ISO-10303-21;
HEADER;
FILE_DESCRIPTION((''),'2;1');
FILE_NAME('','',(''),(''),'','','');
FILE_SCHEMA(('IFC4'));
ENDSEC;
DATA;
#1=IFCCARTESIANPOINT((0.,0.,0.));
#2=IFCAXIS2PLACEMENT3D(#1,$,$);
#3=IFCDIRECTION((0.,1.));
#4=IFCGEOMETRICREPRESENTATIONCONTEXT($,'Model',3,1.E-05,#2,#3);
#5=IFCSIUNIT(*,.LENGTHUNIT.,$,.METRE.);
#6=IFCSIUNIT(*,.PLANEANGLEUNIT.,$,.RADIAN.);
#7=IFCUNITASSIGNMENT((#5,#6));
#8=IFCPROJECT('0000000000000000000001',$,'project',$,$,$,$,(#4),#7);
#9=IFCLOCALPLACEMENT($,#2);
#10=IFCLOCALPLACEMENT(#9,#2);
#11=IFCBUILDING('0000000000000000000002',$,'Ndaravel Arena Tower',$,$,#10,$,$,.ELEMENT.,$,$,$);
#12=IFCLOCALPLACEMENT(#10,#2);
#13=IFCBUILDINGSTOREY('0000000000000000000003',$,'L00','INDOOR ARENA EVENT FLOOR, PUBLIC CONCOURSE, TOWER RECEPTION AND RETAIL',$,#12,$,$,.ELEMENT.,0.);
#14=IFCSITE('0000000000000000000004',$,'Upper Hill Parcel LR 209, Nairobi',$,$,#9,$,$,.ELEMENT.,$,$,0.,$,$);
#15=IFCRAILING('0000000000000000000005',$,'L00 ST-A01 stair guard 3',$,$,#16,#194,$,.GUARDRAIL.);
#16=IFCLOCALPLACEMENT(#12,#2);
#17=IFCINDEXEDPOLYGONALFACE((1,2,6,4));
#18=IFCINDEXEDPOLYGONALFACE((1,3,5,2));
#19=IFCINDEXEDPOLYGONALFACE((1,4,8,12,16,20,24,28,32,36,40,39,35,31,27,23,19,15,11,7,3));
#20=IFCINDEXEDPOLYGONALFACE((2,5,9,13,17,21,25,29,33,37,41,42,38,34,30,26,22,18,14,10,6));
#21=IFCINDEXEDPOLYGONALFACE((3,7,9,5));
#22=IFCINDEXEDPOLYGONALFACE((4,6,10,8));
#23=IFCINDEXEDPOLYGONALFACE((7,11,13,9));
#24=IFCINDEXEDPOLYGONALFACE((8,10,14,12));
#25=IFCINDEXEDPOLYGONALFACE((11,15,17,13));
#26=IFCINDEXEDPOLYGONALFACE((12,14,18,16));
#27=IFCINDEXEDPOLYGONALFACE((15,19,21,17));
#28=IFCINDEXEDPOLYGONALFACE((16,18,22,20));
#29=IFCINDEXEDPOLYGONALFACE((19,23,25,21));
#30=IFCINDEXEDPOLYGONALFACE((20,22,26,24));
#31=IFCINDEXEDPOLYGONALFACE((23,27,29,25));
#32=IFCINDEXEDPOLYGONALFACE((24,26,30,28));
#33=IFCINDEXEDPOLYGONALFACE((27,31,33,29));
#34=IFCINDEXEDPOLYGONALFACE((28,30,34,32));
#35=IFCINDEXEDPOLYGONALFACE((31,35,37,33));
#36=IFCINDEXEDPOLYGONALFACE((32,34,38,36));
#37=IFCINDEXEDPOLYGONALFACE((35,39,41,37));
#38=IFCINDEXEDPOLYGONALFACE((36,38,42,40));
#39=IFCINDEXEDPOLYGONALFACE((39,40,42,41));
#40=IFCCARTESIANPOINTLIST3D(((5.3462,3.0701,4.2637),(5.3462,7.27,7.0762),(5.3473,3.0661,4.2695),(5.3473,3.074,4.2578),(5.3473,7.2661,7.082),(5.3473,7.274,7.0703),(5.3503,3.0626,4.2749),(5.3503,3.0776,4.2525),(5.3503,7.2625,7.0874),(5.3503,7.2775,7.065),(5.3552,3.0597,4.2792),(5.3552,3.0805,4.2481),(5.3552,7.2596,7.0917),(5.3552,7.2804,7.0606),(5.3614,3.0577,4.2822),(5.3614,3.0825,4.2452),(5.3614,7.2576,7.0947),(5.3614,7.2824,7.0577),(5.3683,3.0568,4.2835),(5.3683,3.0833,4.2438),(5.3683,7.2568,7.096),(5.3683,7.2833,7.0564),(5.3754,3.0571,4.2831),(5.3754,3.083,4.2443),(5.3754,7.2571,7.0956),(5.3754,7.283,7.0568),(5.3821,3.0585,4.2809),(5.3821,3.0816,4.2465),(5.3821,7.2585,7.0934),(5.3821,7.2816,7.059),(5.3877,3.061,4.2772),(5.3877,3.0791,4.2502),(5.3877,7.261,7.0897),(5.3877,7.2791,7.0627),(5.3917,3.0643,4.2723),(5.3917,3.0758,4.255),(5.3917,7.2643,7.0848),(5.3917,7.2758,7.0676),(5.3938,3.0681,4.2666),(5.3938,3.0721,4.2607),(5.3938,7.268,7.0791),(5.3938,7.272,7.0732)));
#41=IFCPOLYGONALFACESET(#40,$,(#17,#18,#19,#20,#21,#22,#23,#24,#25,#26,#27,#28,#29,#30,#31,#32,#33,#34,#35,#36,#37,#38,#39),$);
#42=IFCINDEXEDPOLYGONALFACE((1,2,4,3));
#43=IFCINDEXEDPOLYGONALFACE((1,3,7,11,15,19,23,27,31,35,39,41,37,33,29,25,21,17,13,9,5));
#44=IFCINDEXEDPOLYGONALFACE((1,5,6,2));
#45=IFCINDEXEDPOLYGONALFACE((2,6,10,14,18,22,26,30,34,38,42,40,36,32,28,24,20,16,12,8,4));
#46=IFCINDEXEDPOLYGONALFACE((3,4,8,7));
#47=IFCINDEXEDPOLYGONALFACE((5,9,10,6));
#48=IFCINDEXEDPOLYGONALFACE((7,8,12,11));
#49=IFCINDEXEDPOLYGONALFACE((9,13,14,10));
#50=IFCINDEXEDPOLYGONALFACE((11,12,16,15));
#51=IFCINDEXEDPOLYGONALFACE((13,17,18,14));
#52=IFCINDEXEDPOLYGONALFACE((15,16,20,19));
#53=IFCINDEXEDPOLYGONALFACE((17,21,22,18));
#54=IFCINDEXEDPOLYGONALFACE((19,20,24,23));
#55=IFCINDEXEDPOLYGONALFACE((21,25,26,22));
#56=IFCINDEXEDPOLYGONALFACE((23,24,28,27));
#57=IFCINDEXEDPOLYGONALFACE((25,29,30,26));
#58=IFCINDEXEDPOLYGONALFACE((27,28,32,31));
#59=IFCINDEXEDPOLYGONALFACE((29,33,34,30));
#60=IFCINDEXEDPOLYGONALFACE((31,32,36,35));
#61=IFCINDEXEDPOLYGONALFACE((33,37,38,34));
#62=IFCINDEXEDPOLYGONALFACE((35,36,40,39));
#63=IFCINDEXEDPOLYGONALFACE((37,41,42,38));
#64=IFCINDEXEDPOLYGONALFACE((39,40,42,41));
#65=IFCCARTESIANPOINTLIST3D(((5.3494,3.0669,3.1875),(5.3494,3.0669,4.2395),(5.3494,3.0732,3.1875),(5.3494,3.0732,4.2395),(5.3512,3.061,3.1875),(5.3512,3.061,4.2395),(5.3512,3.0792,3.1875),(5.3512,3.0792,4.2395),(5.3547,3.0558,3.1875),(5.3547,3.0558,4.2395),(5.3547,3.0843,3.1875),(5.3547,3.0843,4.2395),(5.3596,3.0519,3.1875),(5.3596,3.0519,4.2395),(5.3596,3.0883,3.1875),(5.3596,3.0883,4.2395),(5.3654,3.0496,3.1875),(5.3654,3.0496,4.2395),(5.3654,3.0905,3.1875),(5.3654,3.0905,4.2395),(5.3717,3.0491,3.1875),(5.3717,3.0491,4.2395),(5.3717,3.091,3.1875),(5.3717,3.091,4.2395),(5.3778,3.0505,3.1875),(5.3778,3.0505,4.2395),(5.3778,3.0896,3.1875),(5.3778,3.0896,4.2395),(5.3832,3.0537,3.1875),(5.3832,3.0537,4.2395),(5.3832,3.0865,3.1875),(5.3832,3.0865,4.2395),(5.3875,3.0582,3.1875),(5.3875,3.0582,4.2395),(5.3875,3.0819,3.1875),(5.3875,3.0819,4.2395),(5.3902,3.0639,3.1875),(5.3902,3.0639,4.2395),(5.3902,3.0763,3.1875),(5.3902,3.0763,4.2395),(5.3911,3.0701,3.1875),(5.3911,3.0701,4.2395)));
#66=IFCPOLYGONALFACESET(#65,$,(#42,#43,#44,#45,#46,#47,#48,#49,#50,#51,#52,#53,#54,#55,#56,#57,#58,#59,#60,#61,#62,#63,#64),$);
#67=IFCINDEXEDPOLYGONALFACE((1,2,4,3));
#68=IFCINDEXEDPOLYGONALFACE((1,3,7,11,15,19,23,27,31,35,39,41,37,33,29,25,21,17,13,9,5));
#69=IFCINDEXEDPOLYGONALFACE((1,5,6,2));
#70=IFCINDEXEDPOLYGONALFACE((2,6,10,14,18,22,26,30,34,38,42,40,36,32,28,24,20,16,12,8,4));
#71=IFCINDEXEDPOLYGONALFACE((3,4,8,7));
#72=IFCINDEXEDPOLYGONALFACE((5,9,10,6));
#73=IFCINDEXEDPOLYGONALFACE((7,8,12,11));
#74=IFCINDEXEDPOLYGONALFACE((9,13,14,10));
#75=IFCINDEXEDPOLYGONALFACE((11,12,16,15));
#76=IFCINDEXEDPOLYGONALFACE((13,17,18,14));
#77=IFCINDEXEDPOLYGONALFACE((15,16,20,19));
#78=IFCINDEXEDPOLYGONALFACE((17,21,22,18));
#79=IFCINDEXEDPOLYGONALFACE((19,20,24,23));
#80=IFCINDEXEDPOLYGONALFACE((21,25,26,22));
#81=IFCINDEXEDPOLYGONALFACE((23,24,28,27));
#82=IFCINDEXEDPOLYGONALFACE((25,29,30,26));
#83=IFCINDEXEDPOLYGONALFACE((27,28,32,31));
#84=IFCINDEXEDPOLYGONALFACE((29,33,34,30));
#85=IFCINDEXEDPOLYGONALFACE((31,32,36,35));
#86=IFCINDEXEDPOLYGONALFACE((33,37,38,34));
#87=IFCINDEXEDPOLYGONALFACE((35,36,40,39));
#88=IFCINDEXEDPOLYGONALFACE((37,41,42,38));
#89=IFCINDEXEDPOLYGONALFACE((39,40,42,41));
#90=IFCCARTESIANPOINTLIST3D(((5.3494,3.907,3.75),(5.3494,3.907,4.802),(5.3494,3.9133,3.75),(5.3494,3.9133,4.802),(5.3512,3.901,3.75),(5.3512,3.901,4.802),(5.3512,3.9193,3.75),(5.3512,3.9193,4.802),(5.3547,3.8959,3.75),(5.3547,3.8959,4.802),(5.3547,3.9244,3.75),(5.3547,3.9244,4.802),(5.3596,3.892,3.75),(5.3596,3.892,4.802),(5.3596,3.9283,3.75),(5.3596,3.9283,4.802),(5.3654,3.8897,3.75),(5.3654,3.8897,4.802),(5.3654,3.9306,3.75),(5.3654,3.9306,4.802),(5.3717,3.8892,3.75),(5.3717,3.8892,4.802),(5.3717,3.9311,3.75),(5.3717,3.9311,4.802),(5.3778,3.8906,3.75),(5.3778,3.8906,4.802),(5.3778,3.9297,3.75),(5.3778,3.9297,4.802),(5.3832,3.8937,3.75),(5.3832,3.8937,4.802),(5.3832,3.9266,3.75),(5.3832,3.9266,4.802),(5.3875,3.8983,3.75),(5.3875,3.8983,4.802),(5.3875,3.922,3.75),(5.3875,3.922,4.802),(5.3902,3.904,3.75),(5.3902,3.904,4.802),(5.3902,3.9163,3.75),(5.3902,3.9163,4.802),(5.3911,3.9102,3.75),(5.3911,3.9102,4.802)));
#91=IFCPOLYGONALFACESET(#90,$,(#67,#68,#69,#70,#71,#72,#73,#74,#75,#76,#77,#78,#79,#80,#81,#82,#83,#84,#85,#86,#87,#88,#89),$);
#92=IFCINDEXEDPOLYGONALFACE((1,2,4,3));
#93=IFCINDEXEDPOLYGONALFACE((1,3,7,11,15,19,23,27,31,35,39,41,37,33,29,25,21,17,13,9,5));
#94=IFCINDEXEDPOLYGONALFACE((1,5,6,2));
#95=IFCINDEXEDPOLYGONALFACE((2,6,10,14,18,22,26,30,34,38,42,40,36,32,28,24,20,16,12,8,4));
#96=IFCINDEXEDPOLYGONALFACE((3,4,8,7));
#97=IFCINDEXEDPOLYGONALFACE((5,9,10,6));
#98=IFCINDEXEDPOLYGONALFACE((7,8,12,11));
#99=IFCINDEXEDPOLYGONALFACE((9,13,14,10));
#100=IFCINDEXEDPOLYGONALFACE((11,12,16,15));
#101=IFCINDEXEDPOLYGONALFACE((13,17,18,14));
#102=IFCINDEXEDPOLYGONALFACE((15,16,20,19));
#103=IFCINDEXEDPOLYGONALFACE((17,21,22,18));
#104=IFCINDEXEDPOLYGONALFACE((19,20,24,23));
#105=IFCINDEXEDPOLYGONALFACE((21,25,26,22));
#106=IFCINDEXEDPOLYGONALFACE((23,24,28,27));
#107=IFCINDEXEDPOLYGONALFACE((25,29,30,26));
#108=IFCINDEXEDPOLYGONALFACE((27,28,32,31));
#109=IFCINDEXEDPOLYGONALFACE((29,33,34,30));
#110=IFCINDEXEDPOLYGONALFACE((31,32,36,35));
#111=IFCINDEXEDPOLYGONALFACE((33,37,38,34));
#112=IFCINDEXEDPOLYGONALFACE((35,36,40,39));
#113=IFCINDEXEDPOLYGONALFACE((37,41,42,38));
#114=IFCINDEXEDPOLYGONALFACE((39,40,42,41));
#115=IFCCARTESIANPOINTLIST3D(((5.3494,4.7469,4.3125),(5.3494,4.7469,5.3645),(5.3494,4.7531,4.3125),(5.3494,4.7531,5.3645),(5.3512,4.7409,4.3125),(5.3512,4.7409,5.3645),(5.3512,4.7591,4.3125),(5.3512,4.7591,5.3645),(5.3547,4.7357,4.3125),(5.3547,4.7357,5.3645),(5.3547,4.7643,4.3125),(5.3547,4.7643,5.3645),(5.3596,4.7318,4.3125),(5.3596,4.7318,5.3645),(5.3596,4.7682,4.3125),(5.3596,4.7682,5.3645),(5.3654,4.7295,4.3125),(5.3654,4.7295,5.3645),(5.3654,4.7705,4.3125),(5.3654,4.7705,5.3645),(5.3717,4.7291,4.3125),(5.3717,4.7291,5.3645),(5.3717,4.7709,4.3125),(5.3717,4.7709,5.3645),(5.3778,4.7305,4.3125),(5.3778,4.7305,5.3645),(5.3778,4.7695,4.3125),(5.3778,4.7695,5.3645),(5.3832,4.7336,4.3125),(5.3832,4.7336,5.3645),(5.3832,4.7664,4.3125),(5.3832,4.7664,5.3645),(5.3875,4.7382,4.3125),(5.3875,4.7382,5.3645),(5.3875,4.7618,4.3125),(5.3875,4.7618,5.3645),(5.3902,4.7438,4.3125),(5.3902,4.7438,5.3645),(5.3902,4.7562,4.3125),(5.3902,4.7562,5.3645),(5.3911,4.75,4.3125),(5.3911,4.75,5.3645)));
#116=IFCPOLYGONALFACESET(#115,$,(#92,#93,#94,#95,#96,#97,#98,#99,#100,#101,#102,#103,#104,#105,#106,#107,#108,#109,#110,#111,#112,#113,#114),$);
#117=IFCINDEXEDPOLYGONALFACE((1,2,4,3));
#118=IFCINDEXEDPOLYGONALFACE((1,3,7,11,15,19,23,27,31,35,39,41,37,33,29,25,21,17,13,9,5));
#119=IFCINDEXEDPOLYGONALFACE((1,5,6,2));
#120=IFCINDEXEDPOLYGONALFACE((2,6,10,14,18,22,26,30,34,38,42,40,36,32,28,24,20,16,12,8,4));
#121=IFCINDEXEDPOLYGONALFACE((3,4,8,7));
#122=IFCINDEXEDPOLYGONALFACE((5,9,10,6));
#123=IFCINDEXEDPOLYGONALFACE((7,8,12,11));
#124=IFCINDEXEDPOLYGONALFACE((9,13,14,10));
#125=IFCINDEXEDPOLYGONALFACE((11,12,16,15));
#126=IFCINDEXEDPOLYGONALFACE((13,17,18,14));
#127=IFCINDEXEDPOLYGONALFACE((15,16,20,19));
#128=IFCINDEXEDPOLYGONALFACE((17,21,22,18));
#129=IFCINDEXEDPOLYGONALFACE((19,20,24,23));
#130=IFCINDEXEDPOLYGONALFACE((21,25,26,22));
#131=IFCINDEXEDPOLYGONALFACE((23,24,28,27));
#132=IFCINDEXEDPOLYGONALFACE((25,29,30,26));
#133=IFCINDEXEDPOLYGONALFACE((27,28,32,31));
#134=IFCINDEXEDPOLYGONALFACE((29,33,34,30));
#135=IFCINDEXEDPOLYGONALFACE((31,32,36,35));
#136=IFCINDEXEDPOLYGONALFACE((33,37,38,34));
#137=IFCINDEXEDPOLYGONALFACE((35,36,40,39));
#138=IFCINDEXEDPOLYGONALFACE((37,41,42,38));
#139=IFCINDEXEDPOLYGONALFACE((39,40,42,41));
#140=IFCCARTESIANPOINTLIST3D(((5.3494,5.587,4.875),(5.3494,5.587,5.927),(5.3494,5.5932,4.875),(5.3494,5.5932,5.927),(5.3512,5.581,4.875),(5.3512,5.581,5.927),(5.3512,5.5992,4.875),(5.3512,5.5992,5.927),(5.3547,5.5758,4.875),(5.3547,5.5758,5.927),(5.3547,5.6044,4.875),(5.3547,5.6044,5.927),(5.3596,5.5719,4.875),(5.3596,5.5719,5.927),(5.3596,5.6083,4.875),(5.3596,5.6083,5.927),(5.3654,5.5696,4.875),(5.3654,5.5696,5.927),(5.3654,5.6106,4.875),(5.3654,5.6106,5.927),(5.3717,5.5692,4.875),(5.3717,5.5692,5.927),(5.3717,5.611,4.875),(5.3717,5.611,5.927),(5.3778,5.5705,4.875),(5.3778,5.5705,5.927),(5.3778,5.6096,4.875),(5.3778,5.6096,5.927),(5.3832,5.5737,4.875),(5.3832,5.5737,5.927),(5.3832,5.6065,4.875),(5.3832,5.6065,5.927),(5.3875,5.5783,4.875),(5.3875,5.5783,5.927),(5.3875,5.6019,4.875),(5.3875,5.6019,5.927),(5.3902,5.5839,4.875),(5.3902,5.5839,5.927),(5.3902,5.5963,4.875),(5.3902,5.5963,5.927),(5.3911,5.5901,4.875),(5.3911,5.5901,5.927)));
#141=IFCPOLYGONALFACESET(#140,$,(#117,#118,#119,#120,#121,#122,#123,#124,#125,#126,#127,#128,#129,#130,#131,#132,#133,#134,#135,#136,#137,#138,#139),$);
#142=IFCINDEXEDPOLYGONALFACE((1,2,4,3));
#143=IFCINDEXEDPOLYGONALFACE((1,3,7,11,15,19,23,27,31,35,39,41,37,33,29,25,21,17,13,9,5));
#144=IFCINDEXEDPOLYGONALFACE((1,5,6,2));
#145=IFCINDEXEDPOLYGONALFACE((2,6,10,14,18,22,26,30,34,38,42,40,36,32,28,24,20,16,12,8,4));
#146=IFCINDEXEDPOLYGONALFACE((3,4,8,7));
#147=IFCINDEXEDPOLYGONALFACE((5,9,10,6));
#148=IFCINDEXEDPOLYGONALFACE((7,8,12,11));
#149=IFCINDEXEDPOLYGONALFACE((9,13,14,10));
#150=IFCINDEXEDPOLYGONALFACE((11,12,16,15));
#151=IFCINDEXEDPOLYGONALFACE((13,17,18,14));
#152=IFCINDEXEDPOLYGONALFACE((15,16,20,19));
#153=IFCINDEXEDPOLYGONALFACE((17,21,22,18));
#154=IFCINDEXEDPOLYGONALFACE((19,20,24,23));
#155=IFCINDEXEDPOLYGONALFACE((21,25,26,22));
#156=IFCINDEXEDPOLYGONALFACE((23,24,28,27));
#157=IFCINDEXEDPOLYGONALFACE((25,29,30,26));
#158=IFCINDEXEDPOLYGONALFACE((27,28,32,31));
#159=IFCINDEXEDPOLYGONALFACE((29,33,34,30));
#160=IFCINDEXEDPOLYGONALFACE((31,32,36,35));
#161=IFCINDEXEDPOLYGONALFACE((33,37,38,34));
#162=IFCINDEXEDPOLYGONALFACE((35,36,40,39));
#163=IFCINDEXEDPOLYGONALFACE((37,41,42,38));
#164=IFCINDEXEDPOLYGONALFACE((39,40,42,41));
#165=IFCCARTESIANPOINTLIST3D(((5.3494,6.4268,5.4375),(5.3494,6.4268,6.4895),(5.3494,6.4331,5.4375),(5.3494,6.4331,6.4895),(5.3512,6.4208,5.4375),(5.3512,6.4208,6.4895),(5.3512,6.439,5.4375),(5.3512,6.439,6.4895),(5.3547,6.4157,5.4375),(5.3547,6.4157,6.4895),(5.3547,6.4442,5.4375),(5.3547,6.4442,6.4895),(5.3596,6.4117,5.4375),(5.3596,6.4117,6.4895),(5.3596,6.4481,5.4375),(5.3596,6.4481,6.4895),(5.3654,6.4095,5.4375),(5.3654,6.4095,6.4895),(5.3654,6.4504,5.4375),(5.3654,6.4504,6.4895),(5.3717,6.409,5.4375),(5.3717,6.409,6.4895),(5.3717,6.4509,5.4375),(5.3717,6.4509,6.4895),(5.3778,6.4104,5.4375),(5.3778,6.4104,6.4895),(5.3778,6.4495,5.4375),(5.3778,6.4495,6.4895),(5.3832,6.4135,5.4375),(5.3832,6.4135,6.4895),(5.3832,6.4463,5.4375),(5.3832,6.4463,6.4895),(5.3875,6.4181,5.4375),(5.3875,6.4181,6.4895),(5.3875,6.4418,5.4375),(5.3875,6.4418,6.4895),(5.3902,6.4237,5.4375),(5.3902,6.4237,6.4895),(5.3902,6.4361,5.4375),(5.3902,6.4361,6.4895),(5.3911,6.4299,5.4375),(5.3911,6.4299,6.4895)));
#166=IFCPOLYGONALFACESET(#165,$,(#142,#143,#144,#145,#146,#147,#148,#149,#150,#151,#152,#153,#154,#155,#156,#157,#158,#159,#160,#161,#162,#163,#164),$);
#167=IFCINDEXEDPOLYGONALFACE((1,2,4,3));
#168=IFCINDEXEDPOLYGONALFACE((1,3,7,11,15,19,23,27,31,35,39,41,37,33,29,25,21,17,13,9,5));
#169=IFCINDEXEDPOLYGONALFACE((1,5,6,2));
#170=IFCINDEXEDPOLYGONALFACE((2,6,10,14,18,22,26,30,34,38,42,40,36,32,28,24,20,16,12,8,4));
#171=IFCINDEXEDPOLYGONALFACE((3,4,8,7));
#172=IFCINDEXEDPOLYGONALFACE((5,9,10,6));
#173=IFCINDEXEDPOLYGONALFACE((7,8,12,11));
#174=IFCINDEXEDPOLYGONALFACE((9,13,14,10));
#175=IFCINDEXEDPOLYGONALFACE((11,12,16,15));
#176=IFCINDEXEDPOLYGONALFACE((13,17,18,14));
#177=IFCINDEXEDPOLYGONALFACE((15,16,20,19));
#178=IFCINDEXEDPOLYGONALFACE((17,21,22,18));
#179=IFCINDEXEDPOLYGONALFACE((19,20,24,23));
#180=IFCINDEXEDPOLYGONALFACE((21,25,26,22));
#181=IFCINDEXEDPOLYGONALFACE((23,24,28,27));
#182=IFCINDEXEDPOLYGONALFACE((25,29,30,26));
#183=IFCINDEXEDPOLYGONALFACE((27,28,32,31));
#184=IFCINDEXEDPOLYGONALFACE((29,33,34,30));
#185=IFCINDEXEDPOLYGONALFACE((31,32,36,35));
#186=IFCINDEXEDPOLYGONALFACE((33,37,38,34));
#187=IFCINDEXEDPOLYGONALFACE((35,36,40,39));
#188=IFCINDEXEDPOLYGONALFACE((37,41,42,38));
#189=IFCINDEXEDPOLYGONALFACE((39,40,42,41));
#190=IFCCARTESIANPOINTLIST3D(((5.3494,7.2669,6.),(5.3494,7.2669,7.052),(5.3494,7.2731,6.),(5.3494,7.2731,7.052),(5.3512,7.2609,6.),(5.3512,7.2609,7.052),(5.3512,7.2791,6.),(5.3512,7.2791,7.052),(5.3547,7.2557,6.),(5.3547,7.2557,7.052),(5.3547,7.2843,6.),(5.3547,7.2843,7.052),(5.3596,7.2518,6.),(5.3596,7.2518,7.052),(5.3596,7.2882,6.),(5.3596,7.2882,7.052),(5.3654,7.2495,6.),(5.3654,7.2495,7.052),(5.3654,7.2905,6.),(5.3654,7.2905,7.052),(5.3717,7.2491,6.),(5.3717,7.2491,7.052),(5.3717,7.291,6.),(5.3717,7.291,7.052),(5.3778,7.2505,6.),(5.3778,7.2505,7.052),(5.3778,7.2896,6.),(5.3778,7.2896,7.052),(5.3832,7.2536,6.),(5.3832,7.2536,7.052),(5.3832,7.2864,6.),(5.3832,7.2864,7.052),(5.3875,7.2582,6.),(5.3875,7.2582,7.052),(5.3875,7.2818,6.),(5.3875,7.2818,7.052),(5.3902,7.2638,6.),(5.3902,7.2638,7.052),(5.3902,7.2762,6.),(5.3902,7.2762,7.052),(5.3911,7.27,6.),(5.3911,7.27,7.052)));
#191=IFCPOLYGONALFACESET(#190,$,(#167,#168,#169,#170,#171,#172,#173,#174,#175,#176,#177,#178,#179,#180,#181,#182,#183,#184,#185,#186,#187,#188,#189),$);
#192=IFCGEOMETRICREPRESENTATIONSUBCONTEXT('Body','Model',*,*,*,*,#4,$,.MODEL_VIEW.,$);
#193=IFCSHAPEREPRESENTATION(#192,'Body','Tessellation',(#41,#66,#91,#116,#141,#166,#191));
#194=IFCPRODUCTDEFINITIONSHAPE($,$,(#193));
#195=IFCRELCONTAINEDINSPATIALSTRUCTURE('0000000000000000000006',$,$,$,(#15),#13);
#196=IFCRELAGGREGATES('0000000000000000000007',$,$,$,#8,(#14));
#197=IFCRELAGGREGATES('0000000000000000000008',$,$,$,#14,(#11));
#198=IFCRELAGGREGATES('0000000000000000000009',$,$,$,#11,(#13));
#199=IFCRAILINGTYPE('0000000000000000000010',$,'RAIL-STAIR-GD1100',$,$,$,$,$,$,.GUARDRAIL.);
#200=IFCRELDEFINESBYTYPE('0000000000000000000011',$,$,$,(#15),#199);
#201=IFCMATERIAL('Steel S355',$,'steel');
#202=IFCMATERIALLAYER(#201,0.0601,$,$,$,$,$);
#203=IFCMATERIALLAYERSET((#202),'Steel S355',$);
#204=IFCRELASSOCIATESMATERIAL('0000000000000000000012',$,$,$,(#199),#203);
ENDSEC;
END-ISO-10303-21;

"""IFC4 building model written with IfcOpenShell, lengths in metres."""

from ifc_helpers import new_model, si_unit, direction, frame, origin, origin_2d, place, context, subcontext, project, spatial, circle, extrude, material, layer, layer_set, type_object, element, save


model = new_model("IFC4")

# Units and contexts
model_context = context("Model", 3, precision=1e-05, world=origin(), true_north=direction((0.0, 1.0)))
body_context = subcontext(model_context, "Body", "Model", "MODEL_VIEW")
ifc_project = project(units=[si_unit("LENGTHUNIT", "METRE"), si_unit("PLANEANGLEUNIT", "RADIAN")], contexts=[model_context])

# Site, building, storey
site_placement = place(None, origin())
site = spatial("IfcSite", under=ifc_project, at=site_placement, Name="Upper Hill Parcel LR 209, Nairobi", CompositionType="ELEMENT", RefElevation=0.0)
building_placement = place(site_placement, origin())
building = spatial("IfcBuilding", under=site, at=building_placement, Name="Ndaravel Arena Tower", CompositionType="ELEMENT")
storey_placement = place(building_placement, origin())
storey = spatial("IfcBuildingStorey", under=building, at=storey_placement, Name="L00", Description="INDOOR ARENA EVENT FLOOR, PUBLIC CONCOURSE, TOWER RECEPTION AND RETAIL", CompositionType="ELEMENT", Elevation=0.0)

# Railing
ifc_material_1 = material(Name="Steel S355", Category="steel")
ifc_layer_1 = layer(ifc_material_1, 0.0601)
ifc_layer_set_1 = layer_set([ifc_layer_1], Name="Steel S355")
railing_type_1 = type_object("IfcRailingType", Name="RAIL-STAIR-GD1100", PredefinedType="GUARDRAIL", material=ifc_layer_set_1)
railing_1_placement = place(storey_placement, frame((5.3701, 3.0701, 3.1875)))
element("IfcRailing", 1, at=railing_1_placement, inside=storey, type_object=railing_type_1, Name="L00 ST-A01 stair guard 3", PredefinedType="GUARDRAIL", context=body_context, shape_type="SweptSolid", body=[
    extrude(circle(Radius=0.0239, at=origin_2d()), frame((0.0, 0.0, 1.0762), z_axis=(0.0, 0.830904, 0.556416), x_axis=(-1.0, 0.0, 0.0)), (0.0, 0.0, 1.0), 5.0547),
    extrude(circle(Radius=0.021, at=origin_2d()), origin(), (0.0, 0.0, 1.0), 1.052),
    extrude(circle(Radius=0.021, at=origin_2d()), frame((0.0, 0.8401, 0.5625)), (0.0, 0.0, 1.0), 1.052),
    extrude(circle(Radius=0.021, at=origin_2d()), frame((0.0, 1.6799, 1.125)), (0.0, 0.0, 1.0), 1.052),
    extrude(circle(Radius=0.021, at=origin_2d()), frame((0.0, 2.52, 1.6875)), (0.0, 0.0, 1.0), 1.052),
    extrude(circle(Radius=0.021, at=origin_2d()), frame((0.0, 3.3599, 2.25)), (0.0, 0.0, 1.0), 1.052),
    extrude(circle(Radius=0.021, at=origin_2d()), frame((0.0, 4.2, 2.8125)), (0.0, 0.0, 1.0), 1.052),
])

save(model, "model.ifc")
